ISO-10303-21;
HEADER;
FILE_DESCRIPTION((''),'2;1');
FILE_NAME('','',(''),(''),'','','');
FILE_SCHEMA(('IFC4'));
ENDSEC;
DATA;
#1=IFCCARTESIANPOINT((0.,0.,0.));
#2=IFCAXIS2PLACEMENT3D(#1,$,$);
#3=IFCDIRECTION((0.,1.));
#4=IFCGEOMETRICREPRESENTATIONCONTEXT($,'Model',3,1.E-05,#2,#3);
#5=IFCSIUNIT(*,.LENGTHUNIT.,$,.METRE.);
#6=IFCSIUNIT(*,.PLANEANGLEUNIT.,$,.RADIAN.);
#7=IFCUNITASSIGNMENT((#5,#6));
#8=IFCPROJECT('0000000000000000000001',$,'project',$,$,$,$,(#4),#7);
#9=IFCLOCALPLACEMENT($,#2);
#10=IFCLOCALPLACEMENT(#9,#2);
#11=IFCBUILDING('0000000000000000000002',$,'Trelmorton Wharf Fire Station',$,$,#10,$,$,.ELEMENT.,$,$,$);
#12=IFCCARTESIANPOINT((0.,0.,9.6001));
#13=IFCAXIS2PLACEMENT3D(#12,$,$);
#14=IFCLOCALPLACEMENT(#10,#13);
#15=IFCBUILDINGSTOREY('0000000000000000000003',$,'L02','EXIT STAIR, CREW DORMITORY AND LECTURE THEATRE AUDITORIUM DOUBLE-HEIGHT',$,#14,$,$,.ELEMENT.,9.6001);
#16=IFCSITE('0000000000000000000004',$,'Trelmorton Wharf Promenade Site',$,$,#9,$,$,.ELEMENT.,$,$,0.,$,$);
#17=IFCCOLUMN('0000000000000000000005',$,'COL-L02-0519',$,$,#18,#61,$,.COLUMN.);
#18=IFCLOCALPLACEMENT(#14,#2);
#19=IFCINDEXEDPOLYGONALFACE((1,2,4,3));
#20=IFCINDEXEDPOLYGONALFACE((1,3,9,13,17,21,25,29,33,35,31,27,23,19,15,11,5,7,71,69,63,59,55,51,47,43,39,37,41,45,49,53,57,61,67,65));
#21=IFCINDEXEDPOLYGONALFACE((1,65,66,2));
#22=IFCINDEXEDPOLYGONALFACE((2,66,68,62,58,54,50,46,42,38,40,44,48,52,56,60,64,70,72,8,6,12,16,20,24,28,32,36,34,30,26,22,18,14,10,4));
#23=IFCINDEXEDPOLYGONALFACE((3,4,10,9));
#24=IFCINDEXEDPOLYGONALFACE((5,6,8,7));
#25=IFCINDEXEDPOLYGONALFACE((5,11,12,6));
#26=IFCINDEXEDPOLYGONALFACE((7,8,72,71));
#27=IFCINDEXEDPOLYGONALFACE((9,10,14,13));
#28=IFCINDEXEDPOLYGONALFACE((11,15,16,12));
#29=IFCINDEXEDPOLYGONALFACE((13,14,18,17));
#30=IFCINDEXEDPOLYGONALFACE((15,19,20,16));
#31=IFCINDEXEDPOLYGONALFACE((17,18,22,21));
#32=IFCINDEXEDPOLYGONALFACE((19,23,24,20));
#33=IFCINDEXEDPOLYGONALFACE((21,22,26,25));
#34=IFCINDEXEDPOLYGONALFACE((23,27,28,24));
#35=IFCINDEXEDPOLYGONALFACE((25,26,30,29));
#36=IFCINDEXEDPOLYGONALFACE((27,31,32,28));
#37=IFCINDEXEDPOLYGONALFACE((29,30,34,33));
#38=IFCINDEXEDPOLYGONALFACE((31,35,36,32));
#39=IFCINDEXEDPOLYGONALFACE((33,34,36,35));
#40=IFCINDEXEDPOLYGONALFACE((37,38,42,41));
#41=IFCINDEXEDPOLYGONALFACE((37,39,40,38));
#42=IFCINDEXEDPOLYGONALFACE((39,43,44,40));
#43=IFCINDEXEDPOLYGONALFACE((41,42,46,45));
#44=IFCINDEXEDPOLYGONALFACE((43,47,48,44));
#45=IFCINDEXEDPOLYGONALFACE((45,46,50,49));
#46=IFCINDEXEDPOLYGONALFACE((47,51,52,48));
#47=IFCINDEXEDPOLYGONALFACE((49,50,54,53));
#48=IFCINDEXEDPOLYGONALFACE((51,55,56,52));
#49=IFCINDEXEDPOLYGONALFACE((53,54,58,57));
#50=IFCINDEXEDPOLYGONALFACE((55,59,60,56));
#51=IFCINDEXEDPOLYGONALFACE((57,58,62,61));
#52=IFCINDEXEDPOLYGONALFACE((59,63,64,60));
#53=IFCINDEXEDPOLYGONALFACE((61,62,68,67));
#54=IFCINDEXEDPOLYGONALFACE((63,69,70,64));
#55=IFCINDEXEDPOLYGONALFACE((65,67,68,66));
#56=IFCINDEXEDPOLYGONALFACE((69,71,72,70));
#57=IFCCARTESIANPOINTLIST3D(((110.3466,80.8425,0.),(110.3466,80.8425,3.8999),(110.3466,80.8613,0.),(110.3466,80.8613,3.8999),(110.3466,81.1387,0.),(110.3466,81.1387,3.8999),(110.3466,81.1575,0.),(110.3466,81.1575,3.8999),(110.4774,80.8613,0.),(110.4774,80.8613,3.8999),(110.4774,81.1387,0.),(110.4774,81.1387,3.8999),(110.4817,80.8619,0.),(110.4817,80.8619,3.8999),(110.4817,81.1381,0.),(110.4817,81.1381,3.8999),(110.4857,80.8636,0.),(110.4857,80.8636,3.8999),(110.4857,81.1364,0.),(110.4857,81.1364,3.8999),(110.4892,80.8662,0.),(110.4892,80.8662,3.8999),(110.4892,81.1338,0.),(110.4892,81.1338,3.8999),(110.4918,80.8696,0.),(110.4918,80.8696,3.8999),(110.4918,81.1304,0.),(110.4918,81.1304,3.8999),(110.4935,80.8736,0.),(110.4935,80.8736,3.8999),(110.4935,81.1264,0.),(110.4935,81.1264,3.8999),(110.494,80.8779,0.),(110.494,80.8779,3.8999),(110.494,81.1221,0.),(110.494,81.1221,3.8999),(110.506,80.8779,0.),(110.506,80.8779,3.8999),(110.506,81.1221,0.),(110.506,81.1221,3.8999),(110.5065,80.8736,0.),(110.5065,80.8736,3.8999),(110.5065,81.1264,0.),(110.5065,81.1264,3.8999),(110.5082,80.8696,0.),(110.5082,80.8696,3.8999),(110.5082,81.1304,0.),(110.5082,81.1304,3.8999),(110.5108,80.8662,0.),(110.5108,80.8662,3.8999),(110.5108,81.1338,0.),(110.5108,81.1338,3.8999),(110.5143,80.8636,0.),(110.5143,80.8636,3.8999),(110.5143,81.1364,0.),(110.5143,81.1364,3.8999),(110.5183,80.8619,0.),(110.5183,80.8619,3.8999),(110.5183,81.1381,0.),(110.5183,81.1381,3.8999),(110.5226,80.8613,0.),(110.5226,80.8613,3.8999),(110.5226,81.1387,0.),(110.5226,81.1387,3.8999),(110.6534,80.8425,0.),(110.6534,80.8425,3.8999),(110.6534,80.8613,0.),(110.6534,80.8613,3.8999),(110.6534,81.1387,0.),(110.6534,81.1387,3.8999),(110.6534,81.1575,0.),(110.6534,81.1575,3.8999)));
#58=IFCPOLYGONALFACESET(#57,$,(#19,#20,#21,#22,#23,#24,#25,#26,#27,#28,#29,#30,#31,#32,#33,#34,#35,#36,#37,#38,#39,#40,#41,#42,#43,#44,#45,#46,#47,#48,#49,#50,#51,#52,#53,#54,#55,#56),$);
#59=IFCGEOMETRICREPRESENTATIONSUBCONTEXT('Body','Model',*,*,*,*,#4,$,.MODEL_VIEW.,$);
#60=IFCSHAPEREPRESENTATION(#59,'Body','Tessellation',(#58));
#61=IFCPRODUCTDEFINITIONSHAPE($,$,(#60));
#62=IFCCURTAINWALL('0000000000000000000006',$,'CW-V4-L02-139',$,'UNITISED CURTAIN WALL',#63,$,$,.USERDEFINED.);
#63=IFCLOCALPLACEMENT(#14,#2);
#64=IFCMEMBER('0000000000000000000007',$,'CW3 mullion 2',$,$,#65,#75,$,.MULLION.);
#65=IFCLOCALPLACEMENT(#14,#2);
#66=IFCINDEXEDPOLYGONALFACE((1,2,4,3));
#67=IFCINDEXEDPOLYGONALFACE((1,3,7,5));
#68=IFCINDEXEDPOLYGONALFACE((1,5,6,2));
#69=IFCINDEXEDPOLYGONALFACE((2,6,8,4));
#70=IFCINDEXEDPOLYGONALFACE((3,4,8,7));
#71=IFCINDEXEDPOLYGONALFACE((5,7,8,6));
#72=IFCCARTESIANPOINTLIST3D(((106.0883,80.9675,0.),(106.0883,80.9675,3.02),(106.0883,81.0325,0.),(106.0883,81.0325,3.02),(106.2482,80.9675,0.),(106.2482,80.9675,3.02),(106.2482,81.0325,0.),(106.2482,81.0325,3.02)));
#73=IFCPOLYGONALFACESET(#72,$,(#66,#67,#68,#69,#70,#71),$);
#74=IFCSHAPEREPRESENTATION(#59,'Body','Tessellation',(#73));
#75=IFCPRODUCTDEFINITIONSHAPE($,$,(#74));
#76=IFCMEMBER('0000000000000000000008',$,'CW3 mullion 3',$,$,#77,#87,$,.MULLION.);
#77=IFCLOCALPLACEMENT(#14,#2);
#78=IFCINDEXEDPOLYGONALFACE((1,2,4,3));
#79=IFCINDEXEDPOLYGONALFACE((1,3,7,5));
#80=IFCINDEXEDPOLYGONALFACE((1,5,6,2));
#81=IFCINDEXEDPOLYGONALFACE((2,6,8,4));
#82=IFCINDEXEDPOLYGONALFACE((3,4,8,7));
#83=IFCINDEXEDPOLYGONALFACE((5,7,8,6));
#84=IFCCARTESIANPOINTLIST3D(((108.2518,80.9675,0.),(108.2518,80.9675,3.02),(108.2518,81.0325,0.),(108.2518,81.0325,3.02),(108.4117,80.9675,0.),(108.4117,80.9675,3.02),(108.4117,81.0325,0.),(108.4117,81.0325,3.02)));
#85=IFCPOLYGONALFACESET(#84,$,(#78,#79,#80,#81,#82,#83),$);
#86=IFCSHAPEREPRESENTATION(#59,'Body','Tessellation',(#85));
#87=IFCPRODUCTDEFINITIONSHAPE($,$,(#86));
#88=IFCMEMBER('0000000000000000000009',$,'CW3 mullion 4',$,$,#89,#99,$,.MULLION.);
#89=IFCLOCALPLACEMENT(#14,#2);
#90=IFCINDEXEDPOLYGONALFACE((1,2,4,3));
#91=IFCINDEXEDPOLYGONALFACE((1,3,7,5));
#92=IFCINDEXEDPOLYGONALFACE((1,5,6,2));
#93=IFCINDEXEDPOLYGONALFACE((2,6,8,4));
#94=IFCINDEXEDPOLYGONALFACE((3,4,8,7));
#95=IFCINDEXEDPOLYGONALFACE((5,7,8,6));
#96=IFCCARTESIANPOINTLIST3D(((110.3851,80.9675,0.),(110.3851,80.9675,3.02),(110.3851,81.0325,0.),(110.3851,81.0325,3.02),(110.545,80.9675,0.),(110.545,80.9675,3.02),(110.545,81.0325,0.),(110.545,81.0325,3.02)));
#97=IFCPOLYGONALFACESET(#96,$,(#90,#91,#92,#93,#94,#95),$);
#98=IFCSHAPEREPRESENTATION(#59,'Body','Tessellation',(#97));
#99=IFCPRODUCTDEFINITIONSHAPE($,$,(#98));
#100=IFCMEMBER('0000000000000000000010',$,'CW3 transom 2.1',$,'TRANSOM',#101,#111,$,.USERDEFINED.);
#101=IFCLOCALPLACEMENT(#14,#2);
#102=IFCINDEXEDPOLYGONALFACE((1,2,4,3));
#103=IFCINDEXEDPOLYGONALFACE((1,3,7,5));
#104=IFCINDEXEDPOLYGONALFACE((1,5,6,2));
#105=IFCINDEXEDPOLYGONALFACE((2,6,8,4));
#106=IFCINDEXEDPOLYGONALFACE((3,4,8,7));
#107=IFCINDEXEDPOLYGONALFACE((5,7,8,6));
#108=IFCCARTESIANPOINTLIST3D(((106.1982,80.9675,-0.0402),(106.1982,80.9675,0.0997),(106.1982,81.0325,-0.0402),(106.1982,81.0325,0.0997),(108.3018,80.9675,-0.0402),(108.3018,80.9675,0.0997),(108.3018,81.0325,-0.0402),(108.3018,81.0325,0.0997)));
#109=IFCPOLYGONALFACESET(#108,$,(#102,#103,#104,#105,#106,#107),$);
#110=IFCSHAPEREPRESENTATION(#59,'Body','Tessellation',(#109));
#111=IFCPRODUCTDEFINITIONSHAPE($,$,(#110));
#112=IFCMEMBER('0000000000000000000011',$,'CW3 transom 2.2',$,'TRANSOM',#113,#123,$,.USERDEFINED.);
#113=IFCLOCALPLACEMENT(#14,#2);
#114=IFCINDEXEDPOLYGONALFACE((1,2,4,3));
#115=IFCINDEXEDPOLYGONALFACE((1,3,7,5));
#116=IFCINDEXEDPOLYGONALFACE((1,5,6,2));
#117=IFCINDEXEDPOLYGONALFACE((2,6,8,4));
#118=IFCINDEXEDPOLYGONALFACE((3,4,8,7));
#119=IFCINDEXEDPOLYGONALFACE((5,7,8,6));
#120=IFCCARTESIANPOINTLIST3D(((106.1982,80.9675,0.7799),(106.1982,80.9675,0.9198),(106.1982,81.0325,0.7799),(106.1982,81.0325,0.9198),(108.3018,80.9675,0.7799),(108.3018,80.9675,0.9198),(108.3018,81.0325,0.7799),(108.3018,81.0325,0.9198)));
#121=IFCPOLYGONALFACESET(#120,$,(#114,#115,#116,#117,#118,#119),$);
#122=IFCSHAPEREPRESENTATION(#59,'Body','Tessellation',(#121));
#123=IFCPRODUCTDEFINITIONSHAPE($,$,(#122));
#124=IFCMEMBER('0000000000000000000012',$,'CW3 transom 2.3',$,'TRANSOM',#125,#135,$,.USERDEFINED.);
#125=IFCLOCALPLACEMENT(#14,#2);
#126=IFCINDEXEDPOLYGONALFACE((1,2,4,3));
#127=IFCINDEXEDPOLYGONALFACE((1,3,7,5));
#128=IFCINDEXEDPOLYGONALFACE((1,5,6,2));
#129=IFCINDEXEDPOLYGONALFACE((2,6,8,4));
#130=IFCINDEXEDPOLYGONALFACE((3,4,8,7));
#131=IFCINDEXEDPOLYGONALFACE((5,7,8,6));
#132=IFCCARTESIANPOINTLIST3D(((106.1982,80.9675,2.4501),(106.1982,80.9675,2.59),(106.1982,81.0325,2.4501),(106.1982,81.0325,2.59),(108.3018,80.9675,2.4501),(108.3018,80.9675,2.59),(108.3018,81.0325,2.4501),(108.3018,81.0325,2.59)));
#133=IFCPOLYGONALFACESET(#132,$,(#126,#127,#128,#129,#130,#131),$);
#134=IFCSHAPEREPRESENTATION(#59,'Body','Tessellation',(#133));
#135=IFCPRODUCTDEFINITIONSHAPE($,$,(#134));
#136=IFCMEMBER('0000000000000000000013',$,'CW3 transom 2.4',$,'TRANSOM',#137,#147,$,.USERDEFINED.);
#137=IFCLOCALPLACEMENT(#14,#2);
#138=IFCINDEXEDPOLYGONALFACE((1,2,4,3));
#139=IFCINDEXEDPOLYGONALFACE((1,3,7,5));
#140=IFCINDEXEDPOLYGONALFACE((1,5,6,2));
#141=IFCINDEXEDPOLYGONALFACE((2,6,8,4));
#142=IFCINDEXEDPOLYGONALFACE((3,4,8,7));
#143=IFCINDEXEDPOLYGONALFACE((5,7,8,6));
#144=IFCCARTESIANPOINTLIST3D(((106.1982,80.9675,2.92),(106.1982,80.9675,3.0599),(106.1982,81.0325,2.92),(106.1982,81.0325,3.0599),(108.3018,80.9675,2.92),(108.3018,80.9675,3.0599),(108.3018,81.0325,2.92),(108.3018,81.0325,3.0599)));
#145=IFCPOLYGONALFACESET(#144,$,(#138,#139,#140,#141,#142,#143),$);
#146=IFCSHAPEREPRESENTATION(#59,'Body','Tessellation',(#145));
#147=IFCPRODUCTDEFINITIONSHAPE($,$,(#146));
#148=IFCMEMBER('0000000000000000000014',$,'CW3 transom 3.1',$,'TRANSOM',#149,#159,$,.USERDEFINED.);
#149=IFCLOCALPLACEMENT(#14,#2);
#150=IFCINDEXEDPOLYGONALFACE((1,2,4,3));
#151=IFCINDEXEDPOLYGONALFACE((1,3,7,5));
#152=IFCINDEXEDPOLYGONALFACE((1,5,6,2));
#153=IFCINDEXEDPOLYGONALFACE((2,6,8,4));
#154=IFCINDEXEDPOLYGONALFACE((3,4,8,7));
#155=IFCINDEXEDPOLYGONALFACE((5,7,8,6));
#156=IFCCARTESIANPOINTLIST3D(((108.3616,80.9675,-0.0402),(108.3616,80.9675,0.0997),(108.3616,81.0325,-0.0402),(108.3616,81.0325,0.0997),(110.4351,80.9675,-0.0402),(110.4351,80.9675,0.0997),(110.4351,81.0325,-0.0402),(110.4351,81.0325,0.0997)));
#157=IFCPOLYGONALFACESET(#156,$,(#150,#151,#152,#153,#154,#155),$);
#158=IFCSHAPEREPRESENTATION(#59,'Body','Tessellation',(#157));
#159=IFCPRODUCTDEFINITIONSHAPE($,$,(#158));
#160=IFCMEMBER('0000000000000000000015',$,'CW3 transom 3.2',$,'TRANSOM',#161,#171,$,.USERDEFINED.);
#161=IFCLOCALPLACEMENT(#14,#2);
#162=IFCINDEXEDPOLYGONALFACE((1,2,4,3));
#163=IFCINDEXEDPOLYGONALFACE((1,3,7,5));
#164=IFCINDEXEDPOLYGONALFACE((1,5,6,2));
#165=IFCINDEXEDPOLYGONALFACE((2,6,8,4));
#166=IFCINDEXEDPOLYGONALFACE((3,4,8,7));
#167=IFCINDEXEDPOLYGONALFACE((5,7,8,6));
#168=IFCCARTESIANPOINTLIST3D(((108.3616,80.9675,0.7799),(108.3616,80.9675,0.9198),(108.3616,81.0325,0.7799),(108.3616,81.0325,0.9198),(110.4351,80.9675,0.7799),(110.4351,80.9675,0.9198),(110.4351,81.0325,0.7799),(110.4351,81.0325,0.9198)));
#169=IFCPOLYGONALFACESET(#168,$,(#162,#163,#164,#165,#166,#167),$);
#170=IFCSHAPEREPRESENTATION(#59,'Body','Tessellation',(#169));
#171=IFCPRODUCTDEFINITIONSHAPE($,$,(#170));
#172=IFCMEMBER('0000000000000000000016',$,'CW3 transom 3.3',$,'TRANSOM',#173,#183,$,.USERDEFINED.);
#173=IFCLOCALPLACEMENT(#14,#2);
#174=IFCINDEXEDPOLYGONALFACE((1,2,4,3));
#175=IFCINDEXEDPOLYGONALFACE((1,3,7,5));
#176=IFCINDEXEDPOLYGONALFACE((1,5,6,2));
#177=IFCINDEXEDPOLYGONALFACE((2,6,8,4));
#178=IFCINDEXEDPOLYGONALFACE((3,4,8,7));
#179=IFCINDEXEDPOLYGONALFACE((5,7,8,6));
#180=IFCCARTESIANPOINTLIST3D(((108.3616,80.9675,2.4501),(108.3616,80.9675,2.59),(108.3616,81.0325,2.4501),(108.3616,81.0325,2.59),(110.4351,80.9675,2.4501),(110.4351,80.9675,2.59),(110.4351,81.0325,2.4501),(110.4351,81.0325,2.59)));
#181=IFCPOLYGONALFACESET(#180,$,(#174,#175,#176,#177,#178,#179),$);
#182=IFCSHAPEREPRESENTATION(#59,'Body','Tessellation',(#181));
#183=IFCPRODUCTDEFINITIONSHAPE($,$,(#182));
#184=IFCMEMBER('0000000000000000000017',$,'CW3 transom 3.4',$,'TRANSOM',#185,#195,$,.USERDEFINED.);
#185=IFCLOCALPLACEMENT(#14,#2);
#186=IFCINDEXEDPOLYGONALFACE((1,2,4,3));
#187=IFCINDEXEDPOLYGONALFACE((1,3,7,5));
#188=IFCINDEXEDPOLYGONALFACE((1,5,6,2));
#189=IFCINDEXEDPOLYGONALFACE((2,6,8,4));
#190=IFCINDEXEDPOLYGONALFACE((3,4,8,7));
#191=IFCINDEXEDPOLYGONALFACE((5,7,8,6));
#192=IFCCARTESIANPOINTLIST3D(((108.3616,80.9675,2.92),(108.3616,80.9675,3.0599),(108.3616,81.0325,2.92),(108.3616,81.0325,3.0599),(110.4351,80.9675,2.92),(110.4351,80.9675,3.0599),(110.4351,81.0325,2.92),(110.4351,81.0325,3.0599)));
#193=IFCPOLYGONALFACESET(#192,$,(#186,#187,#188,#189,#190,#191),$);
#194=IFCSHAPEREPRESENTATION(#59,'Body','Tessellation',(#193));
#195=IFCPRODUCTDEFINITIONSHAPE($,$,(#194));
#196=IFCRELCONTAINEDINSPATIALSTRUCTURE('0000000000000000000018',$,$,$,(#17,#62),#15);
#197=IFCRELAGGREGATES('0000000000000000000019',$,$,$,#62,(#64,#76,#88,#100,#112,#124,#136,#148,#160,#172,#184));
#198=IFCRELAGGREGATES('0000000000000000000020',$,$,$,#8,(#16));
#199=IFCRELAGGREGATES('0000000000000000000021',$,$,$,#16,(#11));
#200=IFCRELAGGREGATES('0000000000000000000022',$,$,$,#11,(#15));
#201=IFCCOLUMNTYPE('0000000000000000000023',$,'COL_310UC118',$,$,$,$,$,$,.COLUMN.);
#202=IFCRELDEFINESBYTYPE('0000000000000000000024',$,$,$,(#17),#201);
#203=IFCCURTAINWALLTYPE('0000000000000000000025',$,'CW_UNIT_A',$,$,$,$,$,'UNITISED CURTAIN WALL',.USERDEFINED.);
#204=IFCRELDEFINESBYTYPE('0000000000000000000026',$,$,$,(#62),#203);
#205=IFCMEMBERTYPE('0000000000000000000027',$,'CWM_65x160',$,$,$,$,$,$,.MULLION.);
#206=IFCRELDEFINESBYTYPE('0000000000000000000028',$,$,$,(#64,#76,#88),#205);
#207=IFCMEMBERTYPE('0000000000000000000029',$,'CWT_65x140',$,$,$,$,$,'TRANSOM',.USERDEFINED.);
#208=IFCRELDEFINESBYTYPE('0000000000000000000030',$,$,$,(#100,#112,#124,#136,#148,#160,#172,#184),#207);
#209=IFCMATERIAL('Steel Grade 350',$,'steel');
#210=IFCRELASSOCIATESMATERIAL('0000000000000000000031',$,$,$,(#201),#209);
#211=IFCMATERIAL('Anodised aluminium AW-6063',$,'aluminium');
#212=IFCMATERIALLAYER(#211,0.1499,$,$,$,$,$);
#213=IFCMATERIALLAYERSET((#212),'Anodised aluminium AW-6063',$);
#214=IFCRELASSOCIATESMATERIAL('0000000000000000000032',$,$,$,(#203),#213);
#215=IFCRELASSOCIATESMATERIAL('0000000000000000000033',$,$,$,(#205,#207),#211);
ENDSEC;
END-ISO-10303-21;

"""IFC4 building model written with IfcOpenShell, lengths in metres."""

from ifc_helpers import new_model, si_unit, direction, frame, origin, origin_2d, place, context, subcontext, project, spatial, rectangle, i_section, extrude, material, layer, layer_set, material_profile, profile_set, type_object, element, aggregate, save


model = new_model("IFC4")

# Units and contexts
model_context = context("Model", 3, precision=1e-05, world=origin(), true_north=direction((0.0, 1.0)))
body_context = subcontext(model_context, "Body", "Model", "MODEL_VIEW")
ifc_project = project(units=[si_unit("LENGTHUNIT", "METRE"), si_unit("PLANEANGLEUNIT", "RADIAN")], contexts=[model_context])

# Site, building, storey
site_placement = place(None, origin())
site = spatial("IfcSite", under=ifc_project, at=site_placement, Name="Trelmorton Wharf Promenade Site", CompositionType="ELEMENT", RefElevation=0.0)
building_placement = place(site_placement, origin())
building = spatial("IfcBuilding", under=site, at=building_placement, Name="Trelmorton Wharf Fire Station", CompositionType="ELEMENT")
storey_placement = place(building_placement, frame((0.0, 0.0, 9.6001)))
storey = spatial("IfcBuildingStorey", under=building, at=storey_placement, Name="L02", Description="EXIT STAIR, CREW DORMITORY AND LECTURE THEATRE AUDITORIUM DOUBLE-HEIGHT", CompositionType="ELEMENT", Elevation=9.6001)

# Column
ifc_material_1 = material(Name="Steel Grade 350", Category="steel")
ifc_material_profile_1 = material_profile(ifc_material_1, i_section(OverallWidth=0.3069, OverallDepth=0.3149, WebThickness=0.012, FlangeThickness=0.0188, FilletRadius=0.0166, at=origin_2d()), Name="310UC118")
ifc_profile_set_1 = profile_set([ifc_material_profile_1], Name="Steel Grade 350")
column_type = type_object("IfcColumnType", Name="COL_310UC118", PredefinedType="COLUMN", material=ifc_profile_set_1)
column_placement = place(storey_placement, frame((110.5, 81.0, 0.0), z_axis=(0.0, 0.0, 1.0), x_axis=(1.0, 0.0, 0.0)))
element("IfcColumn", 1, at=column_placement, inside=storey, type_object=column_type, Name="COL-L02-0519", PredefinedType="COLUMN", context=body_context, shape_type="SweptSolid", body=[
    extrude(i_section(OverallWidth=0.3069, OverallDepth=0.3149, WebThickness=0.012, FlangeThickness=0.0188, FilletRadius=0.0166, at=origin_2d()), origin(), (0.0, 0.0, 1.0), 3.8999),
])

# Curtain wall, members
ifc_material_2 = material(Name="Anodised aluminium AW-6063", Category="aluminium")
ifc_layer_1 = layer(ifc_material_2, 0.1499)
ifc_layer_set_1 = layer_set([ifc_layer_1], Name="Anodised aluminium AW-6063")
curtain_wall_type = type_object("IfcCurtainWallType", Name="CW_UNIT_A", ElementType="UNITISED CURTAIN WALL", PredefinedType="USERDEFINED", material=ifc_layer_set_1)
curtain_wall_placement = place(storey_placement, origin())
curtain_wall = element("IfcCurtainWall", 2, at=curtain_wall_placement, inside=storey, type_object=curtain_wall_type, Name="CW-V4-L02-139", ObjectType="UNITISED CURTAIN WALL", PredefinedType="USERDEFINED")
ifc_material_profile_2 = material_profile(ifc_material_2, rectangle(XDim=0.0649, YDim=0.1599, at=origin_2d()), Name="ALU-65x160")
ifc_profile_set_2 = profile_set([ifc_material_profile_2], Name="Anodised aluminium AW-6063")
member_type_1 = type_object("IfcMemberType", Name="CWM_65x160", PredefinedType="MULLION", material=ifc_profile_set_2)
member_1_placement = place(storey_placement, frame((106.1682, 81.0, 0.0), z_axis=(0.0, 0.0, 1.0), x_axis=(0.0, 1.0, 0.0)))
member_1 = element("IfcMember", 3, at=member_1_placement, type_object=member_type_1, Name="CW3 mullion 2", PredefinedType="MULLION", context=body_context, shape_type="SweptSolid", body=[
    extrude(rectangle(XDim=0.0649, YDim=0.1599, at=origin_2d()), origin(), (0.0, 0.0, 1.0), 3.02),
])
member_2_placement = place(storey_placement, frame((108.3318, 81.0, 0.0), z_axis=(0.0, 0.0, 1.0), x_axis=(0.0, 1.0, 0.0)))
member_2 = element("IfcMember", 4, at=member_2_placement, type_object=member_type_1, Name="CW3 mullion 3", PredefinedType="MULLION", context=body_context, shape_type="SweptSolid", body=[
    extrude(rectangle(XDim=0.0649, YDim=0.1599, at=origin_2d()), origin(), (0.0, 0.0, 1.0), 3.02),
])
member_3_placement = place(storey_placement, frame((110.4651, 81.0, 0.0), z_axis=(0.0, 0.0, 1.0), x_axis=(0.0, 1.0, 0.0)))
member_3 = element("IfcMember", 5, at=member_3_placement, type_object=member_type_1, Name="CW3 mullion 4", PredefinedType="MULLION", context=body_context, shape_type="SweptSolid", body=[
    extrude(rectangle(XDim=0.0649, YDim=0.1599, at=origin_2d()), origin(), (0.0, 0.0, 1.0), 3.02),
])
ifc_material_profile_3 = material_profile(ifc_material_2, rectangle(XDim=0.0649, YDim=0.1399, at=origin_2d()), Name="ALU-65x140")
ifc_profile_set_3 = profile_set([ifc_material_profile_3], Name="Anodised aluminium AW-6063")
member_type_2 = type_object("IfcMemberType", Name="CWT_65x140", ElementType="TRANSOM", PredefinedType="USERDEFINED", material=ifc_profile_set_3)
member_4_placement = place(storey_placement, frame((106.1982, 81.0, 0.0298), z_axis=(1.0, 0.0, 0.0), x_axis=(0.0, 1.0, 0.0)))
member_4 = element("IfcMember", 6, at=member_4_placement, type_object=member_type_2, Name="CW3 transom 2.1", ObjectType="TRANSOM", PredefinedType="USERDEFINED", context=body_context, shape_type="SweptSolid", body=[
    extrude(rectangle(XDim=0.0649, YDim=0.1399, at=origin_2d()), origin(), (0.0, 0.0, 1.0), 2.1035),
])
member_5_placement = place(storey_placement, frame((106.1982, 81.0, 0.8499), z_axis=(1.0, 0.0, 0.0), x_axis=(0.0, 1.0, 0.0)))
member_5 = element("IfcMember", 7, at=member_5_placement, type_object=member_type_2, Name="CW3 transom 2.2", ObjectType="TRANSOM", PredefinedType="USERDEFINED", context=body_context, shape_type="SweptSolid", body=[
    extrude(rectangle(XDim=0.0649, YDim=0.1399, at=origin_2d()), origin(), (0.0, 0.0, 1.0), 2.1035),
])
member_6_placement = place(storey_placement, frame((106.1982, 81.0, 2.52), z_axis=(1.0, 0.0, 0.0), x_axis=(0.0, 1.0, 0.0)))
member_6 = element("IfcMember", 8, at=member_6_placement, type_object=member_type_2, Name="CW3 transom 2.3", ObjectType="TRANSOM", PredefinedType="USERDEFINED", context=body_context, shape_type="SweptSolid", body=[
    extrude(rectangle(XDim=0.0649, YDim=0.1399, at=origin_2d()), origin(), (0.0, 0.0, 1.0), 2.1035),
])
member_7_placement = place(storey_placement, frame((106.1982, 81.0, 2.99), z_axis=(1.0, 0.0, 0.0), x_axis=(0.0, 1.0, 0.0)))
member_7 = element("IfcMember", 9, at=member_7_placement, type_object=member_type_2, Name="CW3 transom 2.4", ObjectType="TRANSOM", PredefinedType="USERDEFINED", context=body_context, shape_type="SweptSolid", body=[
    extrude(rectangle(XDim=0.0649, YDim=0.1399, at=origin_2d()), origin(), (0.0, 0.0, 1.0), 2.1035),
])
member_8_placement = place(storey_placement, frame((108.3616, 81.0, 0.0298), z_axis=(1.0, 0.0, 0.0), x_axis=(0.0, 1.0, 0.0)))
member_8 = element("IfcMember", 10, at=member_8_placement, type_object=member_type_2, Name="CW3 transom 3.1", ObjectType="TRANSOM", PredefinedType="USERDEFINED", context=body_context, shape_type="SweptSolid", body=[
    extrude(rectangle(XDim=0.0649, YDim=0.1399, at=origin_2d()), origin(), (0.0, 0.0, 1.0), 2.0735),
])
member_9_placement = place(storey_placement, frame((108.3616, 81.0, 0.8499), z_axis=(1.0, 0.0, 0.0), x_axis=(0.0, 1.0, 0.0)))
member_9 = element("IfcMember", 11, at=member_9_placement, type_object=member_type_2, Name="CW3 transom 3.2", ObjectType="TRANSOM", PredefinedType="USERDEFINED", context=body_context, shape_type="SweptSolid", body=[
    extrude(rectangle(XDim=0.0649, YDim=0.1399, at=origin_2d()), origin(), (0.0, 0.0, 1.0), 2.0735),
])
member_10_placement = place(storey_placement, frame((108.3616, 81.0, 2.52), z_axis=(1.0, 0.0, 0.0), x_axis=(0.0, 1.0, 0.0)))
member_10 = element("IfcMember", 12, at=member_10_placement, type_object=member_type_2, Name="CW3 transom 3.3", ObjectType="TRANSOM", PredefinedType="USERDEFINED", context=body_context, shape_type="SweptSolid", body=[
    extrude(rectangle(XDim=0.0649, YDim=0.1399, at=origin_2d()), origin(), (0.0, 0.0, 1.0), 2.0735),
])
member_11_placement = place(storey_placement, frame((108.3616, 81.0, 2.99), z_axis=(1.0, 0.0, 0.0), x_axis=(0.0, 1.0, 0.0)))
member_11 = element("IfcMember", 13, at=member_11_placement, type_object=member_type_2, Name="CW3 transom 3.4", ObjectType="TRANSOM", PredefinedType="USERDEFINED", context=body_context, shape_type="SweptSolid", body=[
    extrude(rectangle(XDim=0.0649, YDim=0.1399, at=origin_2d()), origin(), (0.0, 0.0, 1.0), 2.0735),
])

aggregate(curtain_wall, [member_1, member_2, member_3, member_4, member_5, member_6, member_7, member_8, member_9, member_10, member_11])

save(model, "model.ifc")
